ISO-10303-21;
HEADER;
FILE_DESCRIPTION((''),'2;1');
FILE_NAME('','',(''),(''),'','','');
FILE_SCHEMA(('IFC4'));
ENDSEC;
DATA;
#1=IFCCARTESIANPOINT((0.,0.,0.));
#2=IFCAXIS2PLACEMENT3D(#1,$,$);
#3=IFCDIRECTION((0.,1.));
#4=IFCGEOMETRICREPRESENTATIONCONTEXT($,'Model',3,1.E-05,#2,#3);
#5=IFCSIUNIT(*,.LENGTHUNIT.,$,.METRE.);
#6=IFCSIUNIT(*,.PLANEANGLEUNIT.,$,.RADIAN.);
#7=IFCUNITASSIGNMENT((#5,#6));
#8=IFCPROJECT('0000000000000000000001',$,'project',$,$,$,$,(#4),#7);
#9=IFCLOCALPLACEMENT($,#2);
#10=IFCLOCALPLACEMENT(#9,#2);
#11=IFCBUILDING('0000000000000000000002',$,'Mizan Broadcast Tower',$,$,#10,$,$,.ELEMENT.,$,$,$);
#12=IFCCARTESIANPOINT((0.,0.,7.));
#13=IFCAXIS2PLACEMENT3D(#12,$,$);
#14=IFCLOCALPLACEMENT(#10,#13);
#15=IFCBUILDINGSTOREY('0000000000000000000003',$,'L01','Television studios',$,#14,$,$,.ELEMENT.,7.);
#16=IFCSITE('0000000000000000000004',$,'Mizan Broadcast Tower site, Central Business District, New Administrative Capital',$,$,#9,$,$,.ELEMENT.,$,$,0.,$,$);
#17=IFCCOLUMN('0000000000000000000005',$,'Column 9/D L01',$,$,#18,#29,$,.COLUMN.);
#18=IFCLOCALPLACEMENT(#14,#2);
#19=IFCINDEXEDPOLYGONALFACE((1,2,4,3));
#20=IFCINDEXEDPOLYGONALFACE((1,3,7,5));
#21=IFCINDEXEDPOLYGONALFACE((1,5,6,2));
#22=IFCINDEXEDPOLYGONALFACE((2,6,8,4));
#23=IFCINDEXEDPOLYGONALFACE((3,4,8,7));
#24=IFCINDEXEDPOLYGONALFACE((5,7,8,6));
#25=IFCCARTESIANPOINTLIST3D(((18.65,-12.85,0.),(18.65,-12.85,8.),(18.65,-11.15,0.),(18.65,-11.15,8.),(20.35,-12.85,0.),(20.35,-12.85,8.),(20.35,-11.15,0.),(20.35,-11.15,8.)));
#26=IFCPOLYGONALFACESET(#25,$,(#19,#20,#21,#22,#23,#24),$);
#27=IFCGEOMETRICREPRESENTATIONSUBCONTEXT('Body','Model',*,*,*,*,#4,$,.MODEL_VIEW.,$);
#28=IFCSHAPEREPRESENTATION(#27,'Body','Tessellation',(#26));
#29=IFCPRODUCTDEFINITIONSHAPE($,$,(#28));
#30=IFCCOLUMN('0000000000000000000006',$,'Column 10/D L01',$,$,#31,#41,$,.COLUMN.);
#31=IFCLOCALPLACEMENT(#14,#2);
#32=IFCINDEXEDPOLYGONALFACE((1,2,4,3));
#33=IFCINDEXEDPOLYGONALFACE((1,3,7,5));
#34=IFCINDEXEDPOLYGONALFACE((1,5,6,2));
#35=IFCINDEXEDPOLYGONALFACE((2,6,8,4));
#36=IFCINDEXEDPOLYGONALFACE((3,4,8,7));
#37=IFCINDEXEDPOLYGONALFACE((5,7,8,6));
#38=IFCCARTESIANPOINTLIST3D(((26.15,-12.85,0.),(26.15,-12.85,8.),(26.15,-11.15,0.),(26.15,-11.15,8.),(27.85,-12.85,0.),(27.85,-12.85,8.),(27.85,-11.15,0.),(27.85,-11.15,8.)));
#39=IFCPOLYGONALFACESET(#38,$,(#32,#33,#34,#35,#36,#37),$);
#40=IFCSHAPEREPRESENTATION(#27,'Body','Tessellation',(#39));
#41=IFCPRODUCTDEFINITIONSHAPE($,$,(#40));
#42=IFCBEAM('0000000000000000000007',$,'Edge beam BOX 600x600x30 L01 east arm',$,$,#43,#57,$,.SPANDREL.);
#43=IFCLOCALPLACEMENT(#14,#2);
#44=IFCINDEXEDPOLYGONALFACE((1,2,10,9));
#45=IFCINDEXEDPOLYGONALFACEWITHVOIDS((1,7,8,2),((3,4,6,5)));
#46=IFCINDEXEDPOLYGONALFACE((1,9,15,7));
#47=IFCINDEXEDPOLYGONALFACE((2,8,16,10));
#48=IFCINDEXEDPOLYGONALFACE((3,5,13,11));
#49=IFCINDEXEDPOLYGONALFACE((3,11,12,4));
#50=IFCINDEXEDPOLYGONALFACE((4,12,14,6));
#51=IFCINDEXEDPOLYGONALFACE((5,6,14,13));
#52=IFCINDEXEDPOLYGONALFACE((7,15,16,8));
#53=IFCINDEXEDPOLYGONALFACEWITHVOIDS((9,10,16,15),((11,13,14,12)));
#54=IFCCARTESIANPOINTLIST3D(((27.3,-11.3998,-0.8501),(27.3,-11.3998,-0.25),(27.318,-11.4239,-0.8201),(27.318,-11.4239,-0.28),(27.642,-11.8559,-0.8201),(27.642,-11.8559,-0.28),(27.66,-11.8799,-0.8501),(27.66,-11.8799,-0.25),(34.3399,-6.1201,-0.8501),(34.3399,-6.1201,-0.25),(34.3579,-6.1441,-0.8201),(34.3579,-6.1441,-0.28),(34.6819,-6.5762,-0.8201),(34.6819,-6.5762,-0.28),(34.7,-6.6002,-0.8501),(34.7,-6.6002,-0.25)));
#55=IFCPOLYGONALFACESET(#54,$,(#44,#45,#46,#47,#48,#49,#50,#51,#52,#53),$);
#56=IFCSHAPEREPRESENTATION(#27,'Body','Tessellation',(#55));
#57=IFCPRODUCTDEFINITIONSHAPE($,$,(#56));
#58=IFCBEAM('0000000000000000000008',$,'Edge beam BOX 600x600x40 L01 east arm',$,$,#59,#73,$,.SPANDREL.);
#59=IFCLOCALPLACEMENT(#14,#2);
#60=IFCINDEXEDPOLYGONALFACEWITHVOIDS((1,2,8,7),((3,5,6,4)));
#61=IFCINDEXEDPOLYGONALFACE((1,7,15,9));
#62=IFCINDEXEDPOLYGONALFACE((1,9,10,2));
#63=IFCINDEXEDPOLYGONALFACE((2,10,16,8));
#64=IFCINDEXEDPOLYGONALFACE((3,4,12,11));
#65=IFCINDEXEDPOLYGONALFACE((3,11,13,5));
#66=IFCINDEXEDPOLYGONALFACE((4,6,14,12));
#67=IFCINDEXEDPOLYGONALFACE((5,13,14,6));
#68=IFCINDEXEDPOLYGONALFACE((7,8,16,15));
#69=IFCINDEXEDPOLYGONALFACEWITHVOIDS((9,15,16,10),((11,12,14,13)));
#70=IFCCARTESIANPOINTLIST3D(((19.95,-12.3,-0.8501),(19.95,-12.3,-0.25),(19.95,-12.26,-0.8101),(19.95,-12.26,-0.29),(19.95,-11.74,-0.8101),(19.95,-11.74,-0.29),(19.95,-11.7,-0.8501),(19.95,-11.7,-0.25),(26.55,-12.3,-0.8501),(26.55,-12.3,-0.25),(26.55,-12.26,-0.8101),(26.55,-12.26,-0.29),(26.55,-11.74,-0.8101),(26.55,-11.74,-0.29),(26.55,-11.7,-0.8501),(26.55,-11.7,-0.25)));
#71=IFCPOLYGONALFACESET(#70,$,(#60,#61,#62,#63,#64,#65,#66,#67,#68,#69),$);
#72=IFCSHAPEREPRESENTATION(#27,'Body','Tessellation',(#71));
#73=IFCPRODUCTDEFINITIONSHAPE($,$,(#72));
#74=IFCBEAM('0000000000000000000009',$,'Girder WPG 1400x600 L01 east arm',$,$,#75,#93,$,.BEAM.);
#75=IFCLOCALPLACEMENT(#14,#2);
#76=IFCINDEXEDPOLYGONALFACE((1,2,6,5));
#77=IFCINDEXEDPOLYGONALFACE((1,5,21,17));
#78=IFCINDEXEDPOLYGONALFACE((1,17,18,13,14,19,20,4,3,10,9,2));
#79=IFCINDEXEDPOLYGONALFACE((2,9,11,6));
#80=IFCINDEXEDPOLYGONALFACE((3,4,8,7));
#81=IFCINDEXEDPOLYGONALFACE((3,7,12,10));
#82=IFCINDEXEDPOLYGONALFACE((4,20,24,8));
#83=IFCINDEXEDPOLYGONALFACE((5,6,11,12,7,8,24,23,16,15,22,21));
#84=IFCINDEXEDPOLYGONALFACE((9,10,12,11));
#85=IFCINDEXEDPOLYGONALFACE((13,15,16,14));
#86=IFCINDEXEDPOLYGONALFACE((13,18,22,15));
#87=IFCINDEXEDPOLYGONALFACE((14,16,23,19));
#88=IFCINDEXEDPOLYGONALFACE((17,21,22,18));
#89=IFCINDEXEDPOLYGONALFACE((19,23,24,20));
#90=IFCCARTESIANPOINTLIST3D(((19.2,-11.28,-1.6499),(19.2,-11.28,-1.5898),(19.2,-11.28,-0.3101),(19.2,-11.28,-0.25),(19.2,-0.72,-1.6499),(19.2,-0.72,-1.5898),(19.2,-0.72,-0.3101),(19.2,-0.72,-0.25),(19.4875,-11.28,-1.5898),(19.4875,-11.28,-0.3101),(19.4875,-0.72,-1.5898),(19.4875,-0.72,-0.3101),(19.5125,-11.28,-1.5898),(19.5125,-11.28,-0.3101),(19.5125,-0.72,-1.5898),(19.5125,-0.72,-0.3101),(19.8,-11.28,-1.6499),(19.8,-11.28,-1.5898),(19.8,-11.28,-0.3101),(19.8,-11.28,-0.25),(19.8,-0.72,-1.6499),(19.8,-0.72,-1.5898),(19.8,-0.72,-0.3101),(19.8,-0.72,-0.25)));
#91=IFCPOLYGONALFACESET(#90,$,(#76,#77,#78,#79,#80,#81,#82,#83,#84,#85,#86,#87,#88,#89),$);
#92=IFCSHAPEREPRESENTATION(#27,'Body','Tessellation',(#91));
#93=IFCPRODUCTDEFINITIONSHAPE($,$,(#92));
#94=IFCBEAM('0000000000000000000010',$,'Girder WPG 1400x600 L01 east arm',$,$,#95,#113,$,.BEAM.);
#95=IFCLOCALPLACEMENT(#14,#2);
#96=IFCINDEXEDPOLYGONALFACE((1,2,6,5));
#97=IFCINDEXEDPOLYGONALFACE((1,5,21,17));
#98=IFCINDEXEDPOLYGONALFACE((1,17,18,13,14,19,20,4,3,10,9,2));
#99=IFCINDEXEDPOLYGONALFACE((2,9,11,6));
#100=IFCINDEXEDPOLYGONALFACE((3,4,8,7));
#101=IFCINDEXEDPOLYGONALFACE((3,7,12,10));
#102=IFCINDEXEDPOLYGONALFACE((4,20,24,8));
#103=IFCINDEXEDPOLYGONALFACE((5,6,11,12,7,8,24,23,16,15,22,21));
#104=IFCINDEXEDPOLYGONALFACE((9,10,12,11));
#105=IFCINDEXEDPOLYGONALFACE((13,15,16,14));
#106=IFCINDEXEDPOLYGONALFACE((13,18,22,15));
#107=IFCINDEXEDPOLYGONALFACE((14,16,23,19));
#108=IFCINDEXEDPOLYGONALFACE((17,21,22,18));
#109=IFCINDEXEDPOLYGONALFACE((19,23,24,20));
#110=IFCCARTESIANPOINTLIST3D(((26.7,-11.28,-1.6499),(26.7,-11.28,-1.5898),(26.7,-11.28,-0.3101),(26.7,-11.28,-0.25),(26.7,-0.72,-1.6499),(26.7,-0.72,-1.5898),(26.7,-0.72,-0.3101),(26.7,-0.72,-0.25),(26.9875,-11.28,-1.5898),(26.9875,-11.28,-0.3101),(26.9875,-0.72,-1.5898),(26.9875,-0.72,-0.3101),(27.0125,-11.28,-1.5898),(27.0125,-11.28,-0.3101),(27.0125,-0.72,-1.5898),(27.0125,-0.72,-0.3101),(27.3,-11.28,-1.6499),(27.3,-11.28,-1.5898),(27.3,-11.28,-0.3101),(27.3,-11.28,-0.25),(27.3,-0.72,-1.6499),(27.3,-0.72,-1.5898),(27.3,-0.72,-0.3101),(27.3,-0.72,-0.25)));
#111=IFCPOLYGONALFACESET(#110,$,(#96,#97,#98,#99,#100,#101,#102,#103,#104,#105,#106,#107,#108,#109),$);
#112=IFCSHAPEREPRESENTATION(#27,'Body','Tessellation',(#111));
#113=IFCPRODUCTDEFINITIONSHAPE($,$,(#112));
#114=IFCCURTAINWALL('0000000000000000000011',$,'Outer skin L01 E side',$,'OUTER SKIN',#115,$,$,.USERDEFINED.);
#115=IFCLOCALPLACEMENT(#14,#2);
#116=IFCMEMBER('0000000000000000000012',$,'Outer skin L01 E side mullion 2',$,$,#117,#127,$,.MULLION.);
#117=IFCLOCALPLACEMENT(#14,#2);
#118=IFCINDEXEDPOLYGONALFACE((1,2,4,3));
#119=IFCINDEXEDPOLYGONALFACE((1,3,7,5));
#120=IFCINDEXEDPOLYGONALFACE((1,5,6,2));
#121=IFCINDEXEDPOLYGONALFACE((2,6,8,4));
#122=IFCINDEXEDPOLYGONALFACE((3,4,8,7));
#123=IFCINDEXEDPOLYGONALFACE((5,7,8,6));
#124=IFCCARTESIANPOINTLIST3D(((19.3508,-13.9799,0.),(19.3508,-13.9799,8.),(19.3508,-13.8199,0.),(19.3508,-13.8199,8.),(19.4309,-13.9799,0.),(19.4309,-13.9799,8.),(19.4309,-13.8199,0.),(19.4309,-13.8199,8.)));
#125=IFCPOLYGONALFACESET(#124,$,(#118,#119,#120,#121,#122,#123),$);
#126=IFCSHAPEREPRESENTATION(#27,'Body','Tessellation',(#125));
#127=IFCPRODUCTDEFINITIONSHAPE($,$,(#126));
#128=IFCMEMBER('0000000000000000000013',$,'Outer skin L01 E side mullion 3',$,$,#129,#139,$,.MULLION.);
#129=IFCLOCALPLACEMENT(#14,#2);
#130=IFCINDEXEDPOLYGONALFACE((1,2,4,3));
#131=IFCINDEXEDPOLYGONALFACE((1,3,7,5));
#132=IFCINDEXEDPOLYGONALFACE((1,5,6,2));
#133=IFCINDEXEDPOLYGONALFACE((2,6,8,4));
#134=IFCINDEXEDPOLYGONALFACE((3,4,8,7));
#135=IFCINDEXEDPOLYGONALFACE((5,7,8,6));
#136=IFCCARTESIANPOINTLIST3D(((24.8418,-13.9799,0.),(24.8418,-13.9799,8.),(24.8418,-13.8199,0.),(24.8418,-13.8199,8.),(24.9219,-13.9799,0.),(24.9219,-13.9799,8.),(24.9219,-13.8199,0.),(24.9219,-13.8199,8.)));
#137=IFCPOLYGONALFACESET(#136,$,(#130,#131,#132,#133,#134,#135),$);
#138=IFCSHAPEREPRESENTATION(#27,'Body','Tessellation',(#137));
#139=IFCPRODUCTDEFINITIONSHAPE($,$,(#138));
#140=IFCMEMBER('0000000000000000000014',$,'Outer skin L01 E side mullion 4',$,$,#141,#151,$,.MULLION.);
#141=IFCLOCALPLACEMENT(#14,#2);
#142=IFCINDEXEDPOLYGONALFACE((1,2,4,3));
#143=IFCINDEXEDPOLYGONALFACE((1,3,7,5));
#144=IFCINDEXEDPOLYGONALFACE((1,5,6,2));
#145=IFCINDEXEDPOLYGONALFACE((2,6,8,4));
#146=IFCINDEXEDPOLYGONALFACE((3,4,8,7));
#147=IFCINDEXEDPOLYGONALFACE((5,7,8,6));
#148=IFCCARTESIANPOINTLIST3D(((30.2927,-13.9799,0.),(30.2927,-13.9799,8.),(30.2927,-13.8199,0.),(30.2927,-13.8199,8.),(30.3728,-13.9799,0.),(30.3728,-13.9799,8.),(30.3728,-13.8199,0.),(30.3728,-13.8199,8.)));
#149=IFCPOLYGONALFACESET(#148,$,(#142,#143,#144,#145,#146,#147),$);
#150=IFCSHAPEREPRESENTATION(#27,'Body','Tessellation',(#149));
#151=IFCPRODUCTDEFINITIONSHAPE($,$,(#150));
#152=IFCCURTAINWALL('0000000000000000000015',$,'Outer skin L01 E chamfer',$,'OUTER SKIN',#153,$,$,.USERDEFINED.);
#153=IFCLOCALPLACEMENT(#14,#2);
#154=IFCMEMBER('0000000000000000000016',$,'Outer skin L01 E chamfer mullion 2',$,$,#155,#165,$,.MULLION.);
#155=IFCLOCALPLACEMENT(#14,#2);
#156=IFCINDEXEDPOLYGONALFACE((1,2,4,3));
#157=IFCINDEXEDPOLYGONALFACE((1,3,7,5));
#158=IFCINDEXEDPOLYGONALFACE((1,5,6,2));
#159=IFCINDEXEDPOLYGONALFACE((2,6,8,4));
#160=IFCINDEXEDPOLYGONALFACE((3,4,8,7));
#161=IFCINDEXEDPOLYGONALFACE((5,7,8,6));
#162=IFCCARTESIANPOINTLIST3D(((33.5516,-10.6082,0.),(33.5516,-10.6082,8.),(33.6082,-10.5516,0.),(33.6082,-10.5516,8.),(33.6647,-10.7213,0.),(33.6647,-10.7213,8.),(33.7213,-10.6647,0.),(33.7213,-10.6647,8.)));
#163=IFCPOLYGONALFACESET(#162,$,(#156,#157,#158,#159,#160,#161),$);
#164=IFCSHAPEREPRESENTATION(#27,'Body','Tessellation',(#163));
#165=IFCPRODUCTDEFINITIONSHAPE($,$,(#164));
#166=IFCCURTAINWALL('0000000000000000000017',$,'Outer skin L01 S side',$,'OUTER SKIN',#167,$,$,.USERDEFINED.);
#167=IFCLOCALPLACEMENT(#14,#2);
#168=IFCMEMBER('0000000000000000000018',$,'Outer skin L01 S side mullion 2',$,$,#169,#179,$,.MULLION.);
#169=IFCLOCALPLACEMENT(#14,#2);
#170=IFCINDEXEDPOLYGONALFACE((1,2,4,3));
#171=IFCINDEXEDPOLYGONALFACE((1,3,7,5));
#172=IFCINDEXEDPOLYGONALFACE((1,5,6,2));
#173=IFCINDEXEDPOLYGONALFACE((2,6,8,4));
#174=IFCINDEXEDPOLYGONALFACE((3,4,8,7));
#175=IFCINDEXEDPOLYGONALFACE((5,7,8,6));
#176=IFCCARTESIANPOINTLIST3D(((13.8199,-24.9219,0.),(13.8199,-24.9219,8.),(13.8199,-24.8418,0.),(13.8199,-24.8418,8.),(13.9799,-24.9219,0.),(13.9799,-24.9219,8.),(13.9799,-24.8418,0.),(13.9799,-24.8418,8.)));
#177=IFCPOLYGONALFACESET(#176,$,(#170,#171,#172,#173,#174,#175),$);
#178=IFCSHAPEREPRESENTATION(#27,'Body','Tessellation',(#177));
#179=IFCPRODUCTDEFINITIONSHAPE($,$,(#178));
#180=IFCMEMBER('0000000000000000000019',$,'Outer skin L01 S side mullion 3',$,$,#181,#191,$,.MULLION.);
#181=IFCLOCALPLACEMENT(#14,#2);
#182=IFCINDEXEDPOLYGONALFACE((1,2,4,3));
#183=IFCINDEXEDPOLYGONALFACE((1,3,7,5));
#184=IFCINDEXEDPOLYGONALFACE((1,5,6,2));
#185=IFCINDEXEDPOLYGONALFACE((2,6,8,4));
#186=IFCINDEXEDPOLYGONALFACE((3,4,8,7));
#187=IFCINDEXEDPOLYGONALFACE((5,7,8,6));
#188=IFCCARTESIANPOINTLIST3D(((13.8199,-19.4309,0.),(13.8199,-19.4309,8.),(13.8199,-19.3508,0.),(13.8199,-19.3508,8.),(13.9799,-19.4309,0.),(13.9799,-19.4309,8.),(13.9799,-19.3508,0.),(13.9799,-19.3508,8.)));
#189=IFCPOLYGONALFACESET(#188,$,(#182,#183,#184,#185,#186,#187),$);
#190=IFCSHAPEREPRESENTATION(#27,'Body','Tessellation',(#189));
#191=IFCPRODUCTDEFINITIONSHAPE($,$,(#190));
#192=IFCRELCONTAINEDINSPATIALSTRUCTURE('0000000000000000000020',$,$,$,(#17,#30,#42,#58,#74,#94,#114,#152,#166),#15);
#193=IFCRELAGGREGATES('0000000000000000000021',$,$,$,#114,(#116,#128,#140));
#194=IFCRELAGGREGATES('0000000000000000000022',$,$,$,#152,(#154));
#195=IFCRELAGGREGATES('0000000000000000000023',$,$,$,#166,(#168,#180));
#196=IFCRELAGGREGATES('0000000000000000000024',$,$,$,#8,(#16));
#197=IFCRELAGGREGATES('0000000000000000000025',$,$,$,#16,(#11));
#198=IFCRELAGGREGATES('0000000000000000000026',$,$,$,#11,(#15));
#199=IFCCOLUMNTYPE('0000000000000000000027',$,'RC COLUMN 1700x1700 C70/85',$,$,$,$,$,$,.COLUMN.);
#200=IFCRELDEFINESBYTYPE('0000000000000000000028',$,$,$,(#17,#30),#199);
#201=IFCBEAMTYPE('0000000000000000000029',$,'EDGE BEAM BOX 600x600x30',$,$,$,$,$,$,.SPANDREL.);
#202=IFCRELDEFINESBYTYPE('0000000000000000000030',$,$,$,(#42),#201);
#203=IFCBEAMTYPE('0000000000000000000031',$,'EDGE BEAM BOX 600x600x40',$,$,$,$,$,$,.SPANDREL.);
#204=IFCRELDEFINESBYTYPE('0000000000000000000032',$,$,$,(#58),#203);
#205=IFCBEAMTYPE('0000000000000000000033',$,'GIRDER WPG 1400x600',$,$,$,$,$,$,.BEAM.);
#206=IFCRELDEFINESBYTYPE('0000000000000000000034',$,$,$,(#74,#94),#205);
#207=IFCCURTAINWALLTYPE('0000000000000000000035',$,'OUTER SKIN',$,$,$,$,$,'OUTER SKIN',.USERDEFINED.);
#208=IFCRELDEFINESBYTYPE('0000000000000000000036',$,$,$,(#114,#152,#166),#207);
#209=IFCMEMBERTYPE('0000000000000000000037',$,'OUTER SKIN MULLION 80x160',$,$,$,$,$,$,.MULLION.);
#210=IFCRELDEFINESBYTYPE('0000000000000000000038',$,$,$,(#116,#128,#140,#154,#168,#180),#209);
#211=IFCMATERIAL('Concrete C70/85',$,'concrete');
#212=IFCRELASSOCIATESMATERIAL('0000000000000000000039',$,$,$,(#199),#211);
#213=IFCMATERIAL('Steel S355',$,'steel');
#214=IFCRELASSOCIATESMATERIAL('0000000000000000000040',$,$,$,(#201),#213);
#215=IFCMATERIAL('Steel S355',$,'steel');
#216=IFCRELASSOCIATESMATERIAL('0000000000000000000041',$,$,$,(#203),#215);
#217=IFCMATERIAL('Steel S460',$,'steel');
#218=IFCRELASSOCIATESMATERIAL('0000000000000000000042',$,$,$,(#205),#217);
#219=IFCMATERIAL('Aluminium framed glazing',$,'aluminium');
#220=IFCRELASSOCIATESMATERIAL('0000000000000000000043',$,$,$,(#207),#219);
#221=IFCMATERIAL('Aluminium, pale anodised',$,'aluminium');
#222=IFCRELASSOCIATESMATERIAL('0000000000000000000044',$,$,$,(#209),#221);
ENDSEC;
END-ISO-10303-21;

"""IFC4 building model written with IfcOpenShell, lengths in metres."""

from ifc_helpers import new_model, si_unit, direction, frame, origin, origin_2d, place, context, subcontext, project, spatial, rectangle, hollow_rectangle, i_section, extrude, material, material_profile, profile_set, type_object, element, aggregate, save


model = new_model("IFC4")

# Units and contexts
model_context = context("Model", 3, precision=1e-05, world=origin(), true_north=direction((0.0, 1.0)))
body_context = subcontext(model_context, "Body", "Model", "MODEL_VIEW")
ifc_project = project(units=[si_unit("LENGTHUNIT", "METRE"), si_unit("PLANEANGLEUNIT", "RADIAN")], contexts=[model_context])

# Site, building, storey
site_placement = place(None, origin())
site = spatial("IfcSite", under=ifc_project, at=site_placement, Name="Mizan Broadcast Tower site, Central Business District, New Administrative Capital", CompositionType="ELEMENT", RefElevation=0.0)
building_placement = place(site_placement, origin())
building = spatial("IfcBuilding", under=site, at=building_placement, Name="Mizan Broadcast Tower", CompositionType="ELEMENT")
storey_placement = place(building_placement, frame((0.0, 0.0, 7.0)))
storey = spatial("IfcBuildingStorey", under=building, at=storey_placement, Name="L01", Description="Television studios", CompositionType="ELEMENT", Elevation=7.0)

# Columns
ifc_material_1 = material(Name="Concrete C70/85", Category="concrete")
ifc_material_profile_1 = material_profile(ifc_material_1, rectangle(XDim=1.7, YDim=1.7, at=origin_2d()), Name="RC 1700x1700")
ifc_profile_set_1 = profile_set([ifc_material_profile_1], Name="Concrete C70/85")
column_type = type_object("IfcColumnType", Name="RC COLUMN 1700x1700 C70/85", PredefinedType="COLUMN", material=ifc_profile_set_1)
for number, where, z_axis, x_axis, name in (
    (1, (19.5, -12.0, 0.0), (0.0, 0.0, 1.0), (1.0, 0.0, 0.0), "Column 9/D L01"),
    (2, (27.0, -12.0, 0.0), (0.0, 0.0, 1.0), (1.0, 0.0, 0.0), "Column 10/D L01"),
):
    element("IfcColumn", number, at=place(storey_placement, frame(where, z_axis=z_axis, x_axis=x_axis)), inside=storey, type_object=column_type, Name=name, PredefinedType="COLUMN", context=body_context, shape_type="SweptSolid", body=[
        extrude(rectangle(XDim=1.7, YDim=1.7, at=origin_2d()), origin(), (0.0, 0.0, 1.0), 8.0),
    ])

# Beams
ifc_material_2 = material(Name="Steel S355", Category="steel")
ifc_material_profile_2 = material_profile(ifc_material_2, hollow_rectangle(XDim=0.6001, YDim=0.6001, WallThickness=0.03, at=origin_2d()), Name="BOX 600x600x30")
ifc_profile_set_2 = profile_set([ifc_material_profile_2], Name="Steel S355")
beam_type_1 = type_object("IfcBeamType", Name="EDGE BEAM BOX 600x600x30", PredefinedType="SPANDREL", material=ifc_profile_set_2)
beam_1_placement = place(storey_placement, frame((27.48, -11.6399, -0.55), z_axis=(0.800013, 0.599982, 0.0), x_axis=(-0.599982, 0.800013, 0.0)))
element("IfcBeam", 3, at=beam_1_placement, inside=storey, type_object=beam_type_1, Name="Edge beam BOX 600x600x30 L01 east arm", PredefinedType="SPANDREL", context=body_context, shape_type="SweptSolid", body=[
    extrude(hollow_rectangle(XDim=0.6001, YDim=0.6001, WallThickness=0.03, at=origin_2d()), origin(), (0.0, 0.0, 1.0), 8.7998),
])
ifc_material_3 = material(Name="Steel S355", Category="steel")
ifc_material_profile_3 = material_profile(ifc_material_3, hollow_rectangle(XDim=0.6001, YDim=0.6001, WallThickness=0.04, at=origin_2d()), Name="BOX 600x600x40")
ifc_profile_set_3 = profile_set([ifc_material_profile_3], Name="Steel S355")
beam_type_2 = type_object("IfcBeamType", Name="EDGE BEAM BOX 600x600x40", PredefinedType="SPANDREL", material=ifc_profile_set_3)
beam_2_placement = place(storey_placement, frame((19.95, -12.0, -0.55), z_axis=(1.0, 0.0, 0.0), x_axis=(0.0, 1.0, 0.0)))
element("IfcBeam", 4, at=beam_2_placement, inside=storey, type_object=beam_type_2, Name="Edge beam BOX 600x600x40 L01 east arm", PredefinedType="SPANDREL", context=body_context, shape_type="SweptSolid", body=[
    extrude(hollow_rectangle(XDim=0.6001, YDim=0.6001, WallThickness=0.04, at=origin_2d()), origin(), (0.0, 0.0, 1.0), 6.6001),
])
ifc_material_4 = material(Name="Steel S460", Category="steel")
ifc_material_profile_4 = material_profile(ifc_material_4, i_section(OverallWidth=0.6001, OverallDepth=1.3999, WebThickness=0.0249, FlangeThickness=0.0601, at=origin_2d()), Name="WPG 1400x600")
ifc_profile_set_4 = profile_set([ifc_material_profile_4], Name="Steel S460")
beam_type_3 = type_object("IfcBeamType", Name="GIRDER WPG 1400x600", PredefinedType="BEAM", material=ifc_profile_set_4)
for number, where, z_axis, x_axis, name in (
    (5, (19.5, -11.28, -0.95), (0.0, 1.0, 0.0), (-1.0, 0.0, 0.0), "Girder WPG 1400x600 L01 east arm"),
    (6, (27.0, -11.28, -0.95), (0.0, 1.0, 0.0), (-1.0, 0.0, 0.0), "Girder WPG 1400x600 L01 east arm"),
):
    element("IfcBeam", number, at=place(storey_placement, frame(where, z_axis=z_axis, x_axis=x_axis)), inside=storey, type_object=beam_type_3, Name=name, PredefinedType="BEAM", context=body_context, shape_type="SweptSolid", body=[
        extrude(i_section(OverallWidth=0.6001, OverallDepth=1.3999, WebThickness=0.0249, FlangeThickness=0.0601, at=origin_2d()), origin(), (0.0, 0.0, 1.0), 10.5601),
    ])

# Curtain wall, members
ifc_material_5 = material(Name="Aluminium framed glazing", Category="aluminium")
curtain_wall_type = type_object("IfcCurtainWallType", Name="OUTER SKIN", ElementType="OUTER SKIN", PredefinedType="USERDEFINED", material=ifc_material_5)
curtain_wall_1_placement = place(storey_placement, origin())
curtain_wall_1 = element("IfcCurtainWall", 7, at=curtain_wall_1_placement, inside=storey, type_object=curtain_wall_type, Name="Outer skin L01 E side", ObjectType="OUTER SKIN", PredefinedType="USERDEFINED")
ifc_material_6 = material(Name="Aluminium, pale anodised", Category="aluminium")
ifc_material_profile_5 = material_profile(ifc_material_6, rectangle(XDim=0.1599, YDim=0.0801, at=origin_2d()), Name="MULLION 160x80")
ifc_profile_set_5 = profile_set([ifc_material_profile_5], Name="Aluminium, pale anodised")
member_type_1 = type_object("IfcMemberType", Name="OUTER SKIN MULLION 80x160", PredefinedType="MULLION", material=ifc_profile_set_5)
member_1_placement = place(storey_placement, frame((19.3909, -13.8999, 0.0), z_axis=(0.0, 0.0, 1.0), x_axis=(0.0, 1.0, 0.0)))
member_1 = element("IfcMember", 8, at=member_1_placement, type_object=member_type_1, Name="Outer skin L01 E side mullion 2", PredefinedType="MULLION", context=body_context, shape_type="SweptSolid", body=[
    extrude(rectangle(XDim=0.1599, YDim=0.0801, at=origin_2d()), origin(), (0.0, 0.0, 1.0), 8.0),
])
member_2_placement = place(storey_placement, frame((24.8818, -13.8999, 0.0), z_axis=(0.0, 0.0, 1.0), x_axis=(0.0, 1.0, 0.0)))
member_2 = element("IfcMember", 9, at=member_2_placement, type_object=member_type_1, Name="Outer skin L01 E side mullion 3", PredefinedType="MULLION", context=body_context, shape_type="SweptSolid", body=[
    extrude(rectangle(XDim=0.1599, YDim=0.0801, at=origin_2d()), origin(), (0.0, 0.0, 1.0), 8.0),
])
member_3_placement = place(storey_placement, frame((30.3328, -13.8999, 0.0), z_axis=(0.0, 0.0, 1.0), x_axis=(0.0, 1.0, 0.0)))
member_3 = element("IfcMember", 10, at=member_3_placement, type_object=member_type_1, Name="Outer skin L01 E side mullion 4", PredefinedType="MULLION", context=body_context, shape_type="SweptSolid", body=[
    extrude(rectangle(XDim=0.1599, YDim=0.0801, at=origin_2d()), origin(), (0.0, 0.0, 1.0), 8.0),
])

# Curtain wall, member
curtain_wall_2_placement = place(storey_placement, origin())
curtain_wall_2 = element("IfcCurtainWall", 11, at=curtain_wall_2_placement, inside=storey, type_object=curtain_wall_type, Name="Outer skin L01 E chamfer", ObjectType="OUTER SKIN", PredefinedType="USERDEFINED")
member_4_placement = place(storey_placement, frame((33.6365, -10.6365, 0.0), z_axis=(0.0, 0.0, 1.0), x_axis=(-0.707107, 0.707107, 0.0)))
member_4 = element("IfcMember", 12, at=member_4_placement, type_object=member_type_1, Name="Outer skin L01 E chamfer mullion 2", PredefinedType="MULLION", context=body_context, shape_type="SweptSolid", body=[
    extrude(rectangle(XDim=0.1599, YDim=0.0801, at=origin_2d()), origin(), (0.0, 0.0, 1.0), 8.0),
])

# Curtain wall, members
curtain_wall_3_placement = place(storey_placement, origin())
curtain_wall_3 = element("IfcCurtainWall", 13, at=curtain_wall_3_placement, inside=storey, type_object=curtain_wall_type, Name="Outer skin L01 S side", ObjectType="OUTER SKIN", PredefinedType="USERDEFINED")
member_5_placement = place(storey_placement, frame((13.8999, -24.8818, 0.0), z_axis=(0.0, 0.0, 1.0), x_axis=(-1.0, 0.0, 0.0)))
member_5 = element("IfcMember", 14, at=member_5_placement, type_object=member_type_1, Name="Outer skin L01 S side mullion 2", PredefinedType="MULLION", context=body_context, shape_type="SweptSolid", body=[
    extrude(rectangle(XDim=0.1599, YDim=0.0801, at=origin_2d()), origin(), (0.0, 0.0, 1.0), 8.0),
])
member_6_placement = place(storey_placement, frame((13.8999, -19.3909, 0.0), z_axis=(0.0, 0.0, 1.0), x_axis=(-1.0, 0.0, 0.0)))
member_6 = element("IfcMember", 15, at=member_6_placement, type_object=member_type_1, Name="Outer skin L01 S side mullion 3", PredefinedType="MULLION", context=body_context, shape_type="SweptSolid", body=[
    extrude(rectangle(XDim=0.1599, YDim=0.0801, at=origin_2d()), origin(), (0.0, 0.0, 1.0), 8.0),
])

aggregate(curtain_wall_1, [member_1, member_2, member_3])
aggregate(curtain_wall_2, [member_4])
aggregate(curtain_wall_3, [member_5, member_6])

save(model, "model.ifc")
